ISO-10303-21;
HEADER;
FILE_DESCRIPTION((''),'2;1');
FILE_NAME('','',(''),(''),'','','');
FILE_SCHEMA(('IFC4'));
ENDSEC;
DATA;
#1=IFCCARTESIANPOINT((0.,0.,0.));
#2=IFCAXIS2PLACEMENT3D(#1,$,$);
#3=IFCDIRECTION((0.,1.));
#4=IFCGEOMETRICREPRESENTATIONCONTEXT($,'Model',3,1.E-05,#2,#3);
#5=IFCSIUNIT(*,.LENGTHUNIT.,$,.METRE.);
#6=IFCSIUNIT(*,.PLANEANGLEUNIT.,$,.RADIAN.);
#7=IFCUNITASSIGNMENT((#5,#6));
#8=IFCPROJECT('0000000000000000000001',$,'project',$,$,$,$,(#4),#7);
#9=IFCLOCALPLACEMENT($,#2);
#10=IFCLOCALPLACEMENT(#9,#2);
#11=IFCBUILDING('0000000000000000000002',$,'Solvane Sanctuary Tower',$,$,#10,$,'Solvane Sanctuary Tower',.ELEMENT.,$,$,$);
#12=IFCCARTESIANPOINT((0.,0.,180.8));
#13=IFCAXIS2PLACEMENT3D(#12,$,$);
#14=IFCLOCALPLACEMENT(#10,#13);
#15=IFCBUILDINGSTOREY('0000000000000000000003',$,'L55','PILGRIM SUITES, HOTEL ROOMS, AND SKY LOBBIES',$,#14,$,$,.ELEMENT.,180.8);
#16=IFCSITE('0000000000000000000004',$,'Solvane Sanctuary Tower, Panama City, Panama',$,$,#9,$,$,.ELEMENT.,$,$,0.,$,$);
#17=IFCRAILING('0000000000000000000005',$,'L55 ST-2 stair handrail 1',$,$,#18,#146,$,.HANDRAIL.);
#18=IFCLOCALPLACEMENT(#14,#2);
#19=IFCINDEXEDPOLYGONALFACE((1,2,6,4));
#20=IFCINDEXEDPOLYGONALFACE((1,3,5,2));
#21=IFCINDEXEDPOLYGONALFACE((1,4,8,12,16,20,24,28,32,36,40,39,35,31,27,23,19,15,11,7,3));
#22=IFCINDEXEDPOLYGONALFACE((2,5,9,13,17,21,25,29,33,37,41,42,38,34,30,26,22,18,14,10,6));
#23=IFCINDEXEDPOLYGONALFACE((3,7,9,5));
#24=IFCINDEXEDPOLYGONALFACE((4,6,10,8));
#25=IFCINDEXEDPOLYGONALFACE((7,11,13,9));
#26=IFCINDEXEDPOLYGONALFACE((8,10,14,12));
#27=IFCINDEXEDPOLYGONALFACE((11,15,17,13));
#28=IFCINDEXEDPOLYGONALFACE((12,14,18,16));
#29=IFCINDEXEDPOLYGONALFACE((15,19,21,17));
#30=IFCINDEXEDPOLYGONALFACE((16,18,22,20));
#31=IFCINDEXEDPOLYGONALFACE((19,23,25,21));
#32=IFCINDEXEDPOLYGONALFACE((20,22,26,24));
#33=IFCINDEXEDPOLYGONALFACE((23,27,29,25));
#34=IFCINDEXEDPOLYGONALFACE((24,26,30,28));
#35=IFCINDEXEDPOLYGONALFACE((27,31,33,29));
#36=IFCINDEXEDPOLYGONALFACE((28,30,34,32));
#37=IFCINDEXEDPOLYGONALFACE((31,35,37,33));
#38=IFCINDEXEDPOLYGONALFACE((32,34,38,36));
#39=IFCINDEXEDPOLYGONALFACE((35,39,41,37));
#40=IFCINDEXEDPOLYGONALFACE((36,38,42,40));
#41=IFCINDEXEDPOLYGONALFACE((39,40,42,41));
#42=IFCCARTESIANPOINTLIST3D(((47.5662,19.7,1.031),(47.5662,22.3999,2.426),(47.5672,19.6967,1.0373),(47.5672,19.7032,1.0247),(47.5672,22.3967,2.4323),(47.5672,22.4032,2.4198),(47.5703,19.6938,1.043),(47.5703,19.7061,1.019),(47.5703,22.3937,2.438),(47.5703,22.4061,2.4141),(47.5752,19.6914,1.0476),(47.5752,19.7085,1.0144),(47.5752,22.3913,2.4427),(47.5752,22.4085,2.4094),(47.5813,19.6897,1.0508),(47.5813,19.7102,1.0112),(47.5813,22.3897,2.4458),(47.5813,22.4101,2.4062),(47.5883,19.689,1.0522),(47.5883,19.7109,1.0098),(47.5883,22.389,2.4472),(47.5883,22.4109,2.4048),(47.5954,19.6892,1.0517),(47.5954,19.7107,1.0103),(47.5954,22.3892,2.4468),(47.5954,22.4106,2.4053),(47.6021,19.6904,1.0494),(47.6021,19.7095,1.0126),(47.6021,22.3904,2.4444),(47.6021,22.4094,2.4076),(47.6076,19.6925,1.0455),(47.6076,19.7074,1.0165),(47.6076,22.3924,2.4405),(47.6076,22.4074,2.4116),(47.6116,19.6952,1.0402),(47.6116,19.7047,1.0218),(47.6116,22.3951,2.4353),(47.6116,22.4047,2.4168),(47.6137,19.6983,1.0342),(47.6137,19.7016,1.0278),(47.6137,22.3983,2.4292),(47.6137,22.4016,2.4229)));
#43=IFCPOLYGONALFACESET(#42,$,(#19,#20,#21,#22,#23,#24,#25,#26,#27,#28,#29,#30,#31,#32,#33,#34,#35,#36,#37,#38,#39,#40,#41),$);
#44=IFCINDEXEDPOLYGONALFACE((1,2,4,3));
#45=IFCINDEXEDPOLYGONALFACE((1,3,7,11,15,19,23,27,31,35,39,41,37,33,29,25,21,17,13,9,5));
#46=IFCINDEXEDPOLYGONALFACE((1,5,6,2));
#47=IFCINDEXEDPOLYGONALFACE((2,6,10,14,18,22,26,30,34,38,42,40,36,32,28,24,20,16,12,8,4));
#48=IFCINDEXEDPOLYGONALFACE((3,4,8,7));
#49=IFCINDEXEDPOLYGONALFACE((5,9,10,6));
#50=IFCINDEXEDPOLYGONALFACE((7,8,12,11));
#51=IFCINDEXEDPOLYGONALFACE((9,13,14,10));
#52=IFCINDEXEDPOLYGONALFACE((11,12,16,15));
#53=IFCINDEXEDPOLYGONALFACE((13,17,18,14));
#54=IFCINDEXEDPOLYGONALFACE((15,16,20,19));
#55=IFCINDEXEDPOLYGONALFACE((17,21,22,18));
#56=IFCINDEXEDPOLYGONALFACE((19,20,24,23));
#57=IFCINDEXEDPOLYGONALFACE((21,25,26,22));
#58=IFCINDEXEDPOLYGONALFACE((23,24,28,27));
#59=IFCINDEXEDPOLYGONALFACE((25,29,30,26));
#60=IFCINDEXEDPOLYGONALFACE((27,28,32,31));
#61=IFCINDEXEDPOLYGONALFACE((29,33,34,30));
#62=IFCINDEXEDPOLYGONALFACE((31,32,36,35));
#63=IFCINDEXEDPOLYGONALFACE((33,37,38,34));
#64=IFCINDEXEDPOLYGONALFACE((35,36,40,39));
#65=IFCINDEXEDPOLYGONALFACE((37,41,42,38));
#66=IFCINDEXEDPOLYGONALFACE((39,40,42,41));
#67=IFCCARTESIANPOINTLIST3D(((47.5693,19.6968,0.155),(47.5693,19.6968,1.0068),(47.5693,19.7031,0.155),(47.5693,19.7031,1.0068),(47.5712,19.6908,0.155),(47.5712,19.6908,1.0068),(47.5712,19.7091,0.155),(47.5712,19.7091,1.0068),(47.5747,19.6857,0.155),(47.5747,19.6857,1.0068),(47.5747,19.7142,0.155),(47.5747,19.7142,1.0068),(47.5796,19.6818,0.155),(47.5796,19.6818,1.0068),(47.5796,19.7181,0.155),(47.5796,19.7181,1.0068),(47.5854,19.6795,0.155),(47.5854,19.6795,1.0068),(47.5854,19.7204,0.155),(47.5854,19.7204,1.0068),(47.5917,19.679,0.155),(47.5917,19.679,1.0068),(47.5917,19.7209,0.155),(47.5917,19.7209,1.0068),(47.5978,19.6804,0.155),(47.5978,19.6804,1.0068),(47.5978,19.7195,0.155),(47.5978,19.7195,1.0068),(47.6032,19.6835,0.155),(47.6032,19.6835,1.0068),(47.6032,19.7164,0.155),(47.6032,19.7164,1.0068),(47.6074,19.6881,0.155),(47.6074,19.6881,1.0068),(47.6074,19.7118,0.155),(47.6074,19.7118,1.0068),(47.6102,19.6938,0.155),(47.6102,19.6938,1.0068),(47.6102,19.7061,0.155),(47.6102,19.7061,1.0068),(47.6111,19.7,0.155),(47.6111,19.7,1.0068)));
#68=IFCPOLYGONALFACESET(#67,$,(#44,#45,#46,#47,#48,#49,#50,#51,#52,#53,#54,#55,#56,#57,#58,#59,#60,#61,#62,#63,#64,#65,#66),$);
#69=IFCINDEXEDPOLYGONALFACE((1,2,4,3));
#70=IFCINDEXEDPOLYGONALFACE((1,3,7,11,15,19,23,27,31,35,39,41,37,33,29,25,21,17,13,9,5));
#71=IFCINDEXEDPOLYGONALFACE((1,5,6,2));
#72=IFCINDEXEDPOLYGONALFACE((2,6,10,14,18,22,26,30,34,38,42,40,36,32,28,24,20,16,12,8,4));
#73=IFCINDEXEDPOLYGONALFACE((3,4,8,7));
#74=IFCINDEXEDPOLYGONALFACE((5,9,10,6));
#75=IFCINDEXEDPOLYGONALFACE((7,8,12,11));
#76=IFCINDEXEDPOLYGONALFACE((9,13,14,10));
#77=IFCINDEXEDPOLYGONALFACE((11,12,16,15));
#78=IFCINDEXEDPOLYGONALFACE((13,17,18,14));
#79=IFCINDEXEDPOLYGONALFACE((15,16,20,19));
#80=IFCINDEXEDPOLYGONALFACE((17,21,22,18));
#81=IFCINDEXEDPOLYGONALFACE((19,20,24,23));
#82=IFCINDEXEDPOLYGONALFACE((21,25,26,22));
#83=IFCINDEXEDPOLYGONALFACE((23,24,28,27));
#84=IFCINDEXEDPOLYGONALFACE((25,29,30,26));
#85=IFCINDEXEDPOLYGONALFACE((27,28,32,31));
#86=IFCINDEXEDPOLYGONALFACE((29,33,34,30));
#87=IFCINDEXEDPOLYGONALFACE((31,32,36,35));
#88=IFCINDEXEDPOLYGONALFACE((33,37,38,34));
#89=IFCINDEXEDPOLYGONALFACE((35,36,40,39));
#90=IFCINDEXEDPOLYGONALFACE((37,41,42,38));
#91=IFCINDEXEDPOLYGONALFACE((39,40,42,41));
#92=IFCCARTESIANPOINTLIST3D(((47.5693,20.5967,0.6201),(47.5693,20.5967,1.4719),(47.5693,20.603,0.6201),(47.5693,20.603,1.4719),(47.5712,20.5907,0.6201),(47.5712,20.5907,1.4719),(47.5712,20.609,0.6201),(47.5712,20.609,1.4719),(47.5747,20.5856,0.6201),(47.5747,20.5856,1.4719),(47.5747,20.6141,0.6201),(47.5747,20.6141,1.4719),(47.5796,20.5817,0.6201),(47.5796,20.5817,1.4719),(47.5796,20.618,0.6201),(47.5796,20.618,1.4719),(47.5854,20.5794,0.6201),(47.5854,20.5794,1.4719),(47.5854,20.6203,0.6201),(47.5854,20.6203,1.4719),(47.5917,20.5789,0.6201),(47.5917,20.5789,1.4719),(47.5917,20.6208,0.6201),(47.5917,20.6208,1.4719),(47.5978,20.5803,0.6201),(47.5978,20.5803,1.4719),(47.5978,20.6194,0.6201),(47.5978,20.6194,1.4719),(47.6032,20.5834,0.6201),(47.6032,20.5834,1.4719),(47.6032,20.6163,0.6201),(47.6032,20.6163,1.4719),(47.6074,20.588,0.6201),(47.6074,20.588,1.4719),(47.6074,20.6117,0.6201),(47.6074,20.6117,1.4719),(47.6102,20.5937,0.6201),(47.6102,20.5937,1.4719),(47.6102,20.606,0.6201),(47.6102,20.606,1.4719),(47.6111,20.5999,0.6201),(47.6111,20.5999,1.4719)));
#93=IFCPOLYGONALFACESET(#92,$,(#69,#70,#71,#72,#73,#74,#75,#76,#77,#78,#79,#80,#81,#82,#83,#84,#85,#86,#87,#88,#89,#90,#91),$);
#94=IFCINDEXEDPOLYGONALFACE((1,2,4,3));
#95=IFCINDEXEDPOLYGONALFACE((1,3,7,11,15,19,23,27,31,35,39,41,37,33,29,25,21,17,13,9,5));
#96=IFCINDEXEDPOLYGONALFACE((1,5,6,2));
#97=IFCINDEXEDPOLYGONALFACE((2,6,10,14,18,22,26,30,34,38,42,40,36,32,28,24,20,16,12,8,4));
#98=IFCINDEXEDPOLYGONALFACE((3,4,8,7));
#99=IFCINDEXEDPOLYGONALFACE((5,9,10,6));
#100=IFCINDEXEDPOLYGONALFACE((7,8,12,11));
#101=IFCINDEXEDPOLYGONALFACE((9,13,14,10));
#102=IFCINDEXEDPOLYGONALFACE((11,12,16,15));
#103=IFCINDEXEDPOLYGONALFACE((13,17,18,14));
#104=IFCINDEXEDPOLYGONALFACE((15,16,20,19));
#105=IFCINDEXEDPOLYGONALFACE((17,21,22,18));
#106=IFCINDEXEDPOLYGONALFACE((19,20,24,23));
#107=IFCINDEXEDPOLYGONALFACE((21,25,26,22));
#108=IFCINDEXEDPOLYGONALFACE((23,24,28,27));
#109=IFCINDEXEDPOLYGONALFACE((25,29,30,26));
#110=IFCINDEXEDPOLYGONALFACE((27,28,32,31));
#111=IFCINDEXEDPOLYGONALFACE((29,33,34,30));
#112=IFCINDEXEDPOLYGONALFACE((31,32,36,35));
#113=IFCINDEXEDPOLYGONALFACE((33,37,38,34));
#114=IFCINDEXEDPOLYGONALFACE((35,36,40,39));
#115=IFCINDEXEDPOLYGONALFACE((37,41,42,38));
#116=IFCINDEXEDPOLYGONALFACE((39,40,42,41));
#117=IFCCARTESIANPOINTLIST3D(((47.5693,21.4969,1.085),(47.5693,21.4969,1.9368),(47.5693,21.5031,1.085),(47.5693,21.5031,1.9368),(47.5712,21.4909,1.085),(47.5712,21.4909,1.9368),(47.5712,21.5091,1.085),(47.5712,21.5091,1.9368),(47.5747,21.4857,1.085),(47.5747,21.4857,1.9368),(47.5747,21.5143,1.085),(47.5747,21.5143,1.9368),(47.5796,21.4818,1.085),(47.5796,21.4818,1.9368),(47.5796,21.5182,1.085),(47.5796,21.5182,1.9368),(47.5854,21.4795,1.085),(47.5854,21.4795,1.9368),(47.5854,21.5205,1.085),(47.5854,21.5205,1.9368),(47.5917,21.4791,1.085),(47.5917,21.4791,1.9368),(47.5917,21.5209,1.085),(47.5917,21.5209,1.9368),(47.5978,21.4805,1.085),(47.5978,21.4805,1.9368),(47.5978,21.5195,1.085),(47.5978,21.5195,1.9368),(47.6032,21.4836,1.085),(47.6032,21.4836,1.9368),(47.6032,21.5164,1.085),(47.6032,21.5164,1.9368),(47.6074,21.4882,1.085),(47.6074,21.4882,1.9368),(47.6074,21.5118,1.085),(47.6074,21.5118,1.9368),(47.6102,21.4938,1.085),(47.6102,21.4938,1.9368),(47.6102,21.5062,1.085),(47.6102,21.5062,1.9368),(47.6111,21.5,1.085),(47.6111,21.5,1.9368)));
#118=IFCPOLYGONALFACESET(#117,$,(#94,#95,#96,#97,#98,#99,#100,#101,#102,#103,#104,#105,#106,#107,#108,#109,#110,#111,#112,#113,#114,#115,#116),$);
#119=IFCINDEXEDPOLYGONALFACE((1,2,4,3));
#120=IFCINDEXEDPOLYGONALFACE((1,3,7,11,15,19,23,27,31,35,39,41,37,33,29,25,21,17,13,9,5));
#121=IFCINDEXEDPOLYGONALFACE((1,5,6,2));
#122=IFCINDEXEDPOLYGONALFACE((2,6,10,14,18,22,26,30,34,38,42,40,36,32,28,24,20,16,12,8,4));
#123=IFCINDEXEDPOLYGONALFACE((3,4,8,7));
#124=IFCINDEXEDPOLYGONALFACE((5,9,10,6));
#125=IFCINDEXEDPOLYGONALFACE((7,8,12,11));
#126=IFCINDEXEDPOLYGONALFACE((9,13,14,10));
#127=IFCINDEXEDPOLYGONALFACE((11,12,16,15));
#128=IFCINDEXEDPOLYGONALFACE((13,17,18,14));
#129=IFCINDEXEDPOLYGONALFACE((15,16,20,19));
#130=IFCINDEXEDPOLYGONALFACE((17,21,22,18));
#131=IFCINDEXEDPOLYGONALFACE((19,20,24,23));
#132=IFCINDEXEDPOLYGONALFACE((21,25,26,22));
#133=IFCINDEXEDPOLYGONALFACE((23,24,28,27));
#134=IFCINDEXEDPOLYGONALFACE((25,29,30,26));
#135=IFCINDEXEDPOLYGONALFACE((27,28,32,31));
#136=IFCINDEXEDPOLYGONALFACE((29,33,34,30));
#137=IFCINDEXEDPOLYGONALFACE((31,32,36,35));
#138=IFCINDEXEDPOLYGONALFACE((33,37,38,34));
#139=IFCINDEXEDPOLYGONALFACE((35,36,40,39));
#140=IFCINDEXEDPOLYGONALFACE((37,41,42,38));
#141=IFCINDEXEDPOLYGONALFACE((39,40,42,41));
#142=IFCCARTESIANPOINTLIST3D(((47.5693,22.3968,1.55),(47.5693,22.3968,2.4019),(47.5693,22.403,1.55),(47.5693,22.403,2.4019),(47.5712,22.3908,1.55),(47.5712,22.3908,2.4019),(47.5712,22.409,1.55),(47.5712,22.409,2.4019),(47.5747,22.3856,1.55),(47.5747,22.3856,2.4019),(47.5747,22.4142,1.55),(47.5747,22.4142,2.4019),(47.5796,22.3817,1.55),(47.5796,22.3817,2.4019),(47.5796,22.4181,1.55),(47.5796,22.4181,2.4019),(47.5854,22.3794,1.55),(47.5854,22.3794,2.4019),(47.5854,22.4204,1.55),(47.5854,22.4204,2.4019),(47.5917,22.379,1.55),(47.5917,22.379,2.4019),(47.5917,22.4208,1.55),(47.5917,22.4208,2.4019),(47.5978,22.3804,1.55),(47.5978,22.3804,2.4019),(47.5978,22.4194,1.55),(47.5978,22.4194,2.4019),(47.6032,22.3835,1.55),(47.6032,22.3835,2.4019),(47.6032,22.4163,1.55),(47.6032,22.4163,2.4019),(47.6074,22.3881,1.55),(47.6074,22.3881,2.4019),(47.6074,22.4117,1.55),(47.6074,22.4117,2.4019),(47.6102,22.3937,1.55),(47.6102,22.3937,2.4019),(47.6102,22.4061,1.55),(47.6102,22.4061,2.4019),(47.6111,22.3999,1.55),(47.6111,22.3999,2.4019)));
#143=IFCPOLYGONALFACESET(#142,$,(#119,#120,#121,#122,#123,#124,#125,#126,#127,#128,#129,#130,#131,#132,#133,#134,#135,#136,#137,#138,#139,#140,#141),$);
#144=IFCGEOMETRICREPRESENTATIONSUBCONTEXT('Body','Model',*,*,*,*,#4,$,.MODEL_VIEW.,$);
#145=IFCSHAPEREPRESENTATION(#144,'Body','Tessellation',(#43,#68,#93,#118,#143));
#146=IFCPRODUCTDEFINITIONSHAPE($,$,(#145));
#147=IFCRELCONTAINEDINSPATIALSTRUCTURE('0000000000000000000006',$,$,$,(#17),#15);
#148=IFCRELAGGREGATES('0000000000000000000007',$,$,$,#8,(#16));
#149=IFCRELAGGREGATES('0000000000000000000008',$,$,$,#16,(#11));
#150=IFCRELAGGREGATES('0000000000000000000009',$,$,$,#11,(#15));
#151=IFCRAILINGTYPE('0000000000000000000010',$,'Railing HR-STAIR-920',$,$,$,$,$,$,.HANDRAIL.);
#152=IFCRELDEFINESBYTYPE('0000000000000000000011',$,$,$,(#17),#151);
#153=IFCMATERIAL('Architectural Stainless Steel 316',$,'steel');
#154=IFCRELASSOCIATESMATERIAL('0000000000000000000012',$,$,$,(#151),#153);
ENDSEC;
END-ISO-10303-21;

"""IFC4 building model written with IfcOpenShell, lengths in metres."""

from ifc_helpers import new_model, si_unit, direction, frame, origin, origin_2d, place, context, subcontext, project, spatial, circle, extrude, material, type_object, element, save


model = new_model("IFC4")

# Units and contexts
model_context = context("Model", 3, precision=1e-05, world=origin(), true_north=direction((0.0, 1.0)))
body_context = subcontext(model_context, "Body", "Model", "MODEL_VIEW")
ifc_project = project(units=[si_unit("LENGTHUNIT", "METRE"), si_unit("PLANEANGLEUNIT", "RADIAN")], contexts=[model_context])

# Site, building, storey
site_placement = place(None, origin())
site = spatial("IfcSite", under=ifc_project, at=site_placement, Name="Solvane Sanctuary Tower, Panama City, Panama", CompositionType="ELEMENT", RefElevation=0.0)
building_placement = place(site_placement, origin())
building = spatial("IfcBuilding", under=site, at=building_placement, Name="Solvane Sanctuary Tower", LongName="Solvane Sanctuary Tower", CompositionType="ELEMENT")
storey_placement = place(building_placement, frame((0.0, 0.0, 180.8)))
storey = spatial("IfcBuildingStorey", under=building, at=storey_placement, Name="L55", Description="PILGRIM SUITES, HOTEL ROOMS, AND SKY LOBBIES", CompositionType="ELEMENT", Elevation=180.8)

# Shared definitions
ifc_material_1 = material(Name="Architectural Stainless Steel 316", Category="steel")

# Railing
railing_type_1 = type_object("IfcRailingType", Name="Railing HR-STAIR-920", PredefinedType="HANDRAIL", material=ifc_material_1)
railing_1_placement = place(storey_placement, frame((47.5901, 19.7, 0.155)))
element("IfcRailing", 1, at=railing_1_placement, inside=storey, type_object=railing_type_1, Name="L55 ST-2 stair handrail 1", PredefinedType="HANDRAIL", context=body_context, shape_type="SweptSolid", body=[
    extrude(circle(Radius=0.0239, at=origin_2d()), frame((0.0, 0.0, 0.876), z_axis=(0.0, 0.88842, 0.459032), x_axis=(-1.0, 0.0, 0.0)), (0.0, 0.0, 1.0), 3.0391),
    extrude(circle(Radius=0.021, at=origin_2d()), origin(), (0.0, 0.0, 1.0), 0.8518),
    extrude(circle(Radius=0.021, at=origin_2d()), frame((0.0, 0.8999, 0.4651)), (0.0, 0.0, 1.0), 0.8518),
    extrude(circle(Radius=0.021, at=origin_2d()), frame((0.0, 1.8, 0.9299)), (0.0, 0.0, 1.0), 0.8518),
    extrude(circle(Radius=0.021, at=origin_2d()), frame((0.0, 2.7, 1.395)), (0.0, 0.0, 1.0), 0.8518),
])

save(model, "model.ifc")
